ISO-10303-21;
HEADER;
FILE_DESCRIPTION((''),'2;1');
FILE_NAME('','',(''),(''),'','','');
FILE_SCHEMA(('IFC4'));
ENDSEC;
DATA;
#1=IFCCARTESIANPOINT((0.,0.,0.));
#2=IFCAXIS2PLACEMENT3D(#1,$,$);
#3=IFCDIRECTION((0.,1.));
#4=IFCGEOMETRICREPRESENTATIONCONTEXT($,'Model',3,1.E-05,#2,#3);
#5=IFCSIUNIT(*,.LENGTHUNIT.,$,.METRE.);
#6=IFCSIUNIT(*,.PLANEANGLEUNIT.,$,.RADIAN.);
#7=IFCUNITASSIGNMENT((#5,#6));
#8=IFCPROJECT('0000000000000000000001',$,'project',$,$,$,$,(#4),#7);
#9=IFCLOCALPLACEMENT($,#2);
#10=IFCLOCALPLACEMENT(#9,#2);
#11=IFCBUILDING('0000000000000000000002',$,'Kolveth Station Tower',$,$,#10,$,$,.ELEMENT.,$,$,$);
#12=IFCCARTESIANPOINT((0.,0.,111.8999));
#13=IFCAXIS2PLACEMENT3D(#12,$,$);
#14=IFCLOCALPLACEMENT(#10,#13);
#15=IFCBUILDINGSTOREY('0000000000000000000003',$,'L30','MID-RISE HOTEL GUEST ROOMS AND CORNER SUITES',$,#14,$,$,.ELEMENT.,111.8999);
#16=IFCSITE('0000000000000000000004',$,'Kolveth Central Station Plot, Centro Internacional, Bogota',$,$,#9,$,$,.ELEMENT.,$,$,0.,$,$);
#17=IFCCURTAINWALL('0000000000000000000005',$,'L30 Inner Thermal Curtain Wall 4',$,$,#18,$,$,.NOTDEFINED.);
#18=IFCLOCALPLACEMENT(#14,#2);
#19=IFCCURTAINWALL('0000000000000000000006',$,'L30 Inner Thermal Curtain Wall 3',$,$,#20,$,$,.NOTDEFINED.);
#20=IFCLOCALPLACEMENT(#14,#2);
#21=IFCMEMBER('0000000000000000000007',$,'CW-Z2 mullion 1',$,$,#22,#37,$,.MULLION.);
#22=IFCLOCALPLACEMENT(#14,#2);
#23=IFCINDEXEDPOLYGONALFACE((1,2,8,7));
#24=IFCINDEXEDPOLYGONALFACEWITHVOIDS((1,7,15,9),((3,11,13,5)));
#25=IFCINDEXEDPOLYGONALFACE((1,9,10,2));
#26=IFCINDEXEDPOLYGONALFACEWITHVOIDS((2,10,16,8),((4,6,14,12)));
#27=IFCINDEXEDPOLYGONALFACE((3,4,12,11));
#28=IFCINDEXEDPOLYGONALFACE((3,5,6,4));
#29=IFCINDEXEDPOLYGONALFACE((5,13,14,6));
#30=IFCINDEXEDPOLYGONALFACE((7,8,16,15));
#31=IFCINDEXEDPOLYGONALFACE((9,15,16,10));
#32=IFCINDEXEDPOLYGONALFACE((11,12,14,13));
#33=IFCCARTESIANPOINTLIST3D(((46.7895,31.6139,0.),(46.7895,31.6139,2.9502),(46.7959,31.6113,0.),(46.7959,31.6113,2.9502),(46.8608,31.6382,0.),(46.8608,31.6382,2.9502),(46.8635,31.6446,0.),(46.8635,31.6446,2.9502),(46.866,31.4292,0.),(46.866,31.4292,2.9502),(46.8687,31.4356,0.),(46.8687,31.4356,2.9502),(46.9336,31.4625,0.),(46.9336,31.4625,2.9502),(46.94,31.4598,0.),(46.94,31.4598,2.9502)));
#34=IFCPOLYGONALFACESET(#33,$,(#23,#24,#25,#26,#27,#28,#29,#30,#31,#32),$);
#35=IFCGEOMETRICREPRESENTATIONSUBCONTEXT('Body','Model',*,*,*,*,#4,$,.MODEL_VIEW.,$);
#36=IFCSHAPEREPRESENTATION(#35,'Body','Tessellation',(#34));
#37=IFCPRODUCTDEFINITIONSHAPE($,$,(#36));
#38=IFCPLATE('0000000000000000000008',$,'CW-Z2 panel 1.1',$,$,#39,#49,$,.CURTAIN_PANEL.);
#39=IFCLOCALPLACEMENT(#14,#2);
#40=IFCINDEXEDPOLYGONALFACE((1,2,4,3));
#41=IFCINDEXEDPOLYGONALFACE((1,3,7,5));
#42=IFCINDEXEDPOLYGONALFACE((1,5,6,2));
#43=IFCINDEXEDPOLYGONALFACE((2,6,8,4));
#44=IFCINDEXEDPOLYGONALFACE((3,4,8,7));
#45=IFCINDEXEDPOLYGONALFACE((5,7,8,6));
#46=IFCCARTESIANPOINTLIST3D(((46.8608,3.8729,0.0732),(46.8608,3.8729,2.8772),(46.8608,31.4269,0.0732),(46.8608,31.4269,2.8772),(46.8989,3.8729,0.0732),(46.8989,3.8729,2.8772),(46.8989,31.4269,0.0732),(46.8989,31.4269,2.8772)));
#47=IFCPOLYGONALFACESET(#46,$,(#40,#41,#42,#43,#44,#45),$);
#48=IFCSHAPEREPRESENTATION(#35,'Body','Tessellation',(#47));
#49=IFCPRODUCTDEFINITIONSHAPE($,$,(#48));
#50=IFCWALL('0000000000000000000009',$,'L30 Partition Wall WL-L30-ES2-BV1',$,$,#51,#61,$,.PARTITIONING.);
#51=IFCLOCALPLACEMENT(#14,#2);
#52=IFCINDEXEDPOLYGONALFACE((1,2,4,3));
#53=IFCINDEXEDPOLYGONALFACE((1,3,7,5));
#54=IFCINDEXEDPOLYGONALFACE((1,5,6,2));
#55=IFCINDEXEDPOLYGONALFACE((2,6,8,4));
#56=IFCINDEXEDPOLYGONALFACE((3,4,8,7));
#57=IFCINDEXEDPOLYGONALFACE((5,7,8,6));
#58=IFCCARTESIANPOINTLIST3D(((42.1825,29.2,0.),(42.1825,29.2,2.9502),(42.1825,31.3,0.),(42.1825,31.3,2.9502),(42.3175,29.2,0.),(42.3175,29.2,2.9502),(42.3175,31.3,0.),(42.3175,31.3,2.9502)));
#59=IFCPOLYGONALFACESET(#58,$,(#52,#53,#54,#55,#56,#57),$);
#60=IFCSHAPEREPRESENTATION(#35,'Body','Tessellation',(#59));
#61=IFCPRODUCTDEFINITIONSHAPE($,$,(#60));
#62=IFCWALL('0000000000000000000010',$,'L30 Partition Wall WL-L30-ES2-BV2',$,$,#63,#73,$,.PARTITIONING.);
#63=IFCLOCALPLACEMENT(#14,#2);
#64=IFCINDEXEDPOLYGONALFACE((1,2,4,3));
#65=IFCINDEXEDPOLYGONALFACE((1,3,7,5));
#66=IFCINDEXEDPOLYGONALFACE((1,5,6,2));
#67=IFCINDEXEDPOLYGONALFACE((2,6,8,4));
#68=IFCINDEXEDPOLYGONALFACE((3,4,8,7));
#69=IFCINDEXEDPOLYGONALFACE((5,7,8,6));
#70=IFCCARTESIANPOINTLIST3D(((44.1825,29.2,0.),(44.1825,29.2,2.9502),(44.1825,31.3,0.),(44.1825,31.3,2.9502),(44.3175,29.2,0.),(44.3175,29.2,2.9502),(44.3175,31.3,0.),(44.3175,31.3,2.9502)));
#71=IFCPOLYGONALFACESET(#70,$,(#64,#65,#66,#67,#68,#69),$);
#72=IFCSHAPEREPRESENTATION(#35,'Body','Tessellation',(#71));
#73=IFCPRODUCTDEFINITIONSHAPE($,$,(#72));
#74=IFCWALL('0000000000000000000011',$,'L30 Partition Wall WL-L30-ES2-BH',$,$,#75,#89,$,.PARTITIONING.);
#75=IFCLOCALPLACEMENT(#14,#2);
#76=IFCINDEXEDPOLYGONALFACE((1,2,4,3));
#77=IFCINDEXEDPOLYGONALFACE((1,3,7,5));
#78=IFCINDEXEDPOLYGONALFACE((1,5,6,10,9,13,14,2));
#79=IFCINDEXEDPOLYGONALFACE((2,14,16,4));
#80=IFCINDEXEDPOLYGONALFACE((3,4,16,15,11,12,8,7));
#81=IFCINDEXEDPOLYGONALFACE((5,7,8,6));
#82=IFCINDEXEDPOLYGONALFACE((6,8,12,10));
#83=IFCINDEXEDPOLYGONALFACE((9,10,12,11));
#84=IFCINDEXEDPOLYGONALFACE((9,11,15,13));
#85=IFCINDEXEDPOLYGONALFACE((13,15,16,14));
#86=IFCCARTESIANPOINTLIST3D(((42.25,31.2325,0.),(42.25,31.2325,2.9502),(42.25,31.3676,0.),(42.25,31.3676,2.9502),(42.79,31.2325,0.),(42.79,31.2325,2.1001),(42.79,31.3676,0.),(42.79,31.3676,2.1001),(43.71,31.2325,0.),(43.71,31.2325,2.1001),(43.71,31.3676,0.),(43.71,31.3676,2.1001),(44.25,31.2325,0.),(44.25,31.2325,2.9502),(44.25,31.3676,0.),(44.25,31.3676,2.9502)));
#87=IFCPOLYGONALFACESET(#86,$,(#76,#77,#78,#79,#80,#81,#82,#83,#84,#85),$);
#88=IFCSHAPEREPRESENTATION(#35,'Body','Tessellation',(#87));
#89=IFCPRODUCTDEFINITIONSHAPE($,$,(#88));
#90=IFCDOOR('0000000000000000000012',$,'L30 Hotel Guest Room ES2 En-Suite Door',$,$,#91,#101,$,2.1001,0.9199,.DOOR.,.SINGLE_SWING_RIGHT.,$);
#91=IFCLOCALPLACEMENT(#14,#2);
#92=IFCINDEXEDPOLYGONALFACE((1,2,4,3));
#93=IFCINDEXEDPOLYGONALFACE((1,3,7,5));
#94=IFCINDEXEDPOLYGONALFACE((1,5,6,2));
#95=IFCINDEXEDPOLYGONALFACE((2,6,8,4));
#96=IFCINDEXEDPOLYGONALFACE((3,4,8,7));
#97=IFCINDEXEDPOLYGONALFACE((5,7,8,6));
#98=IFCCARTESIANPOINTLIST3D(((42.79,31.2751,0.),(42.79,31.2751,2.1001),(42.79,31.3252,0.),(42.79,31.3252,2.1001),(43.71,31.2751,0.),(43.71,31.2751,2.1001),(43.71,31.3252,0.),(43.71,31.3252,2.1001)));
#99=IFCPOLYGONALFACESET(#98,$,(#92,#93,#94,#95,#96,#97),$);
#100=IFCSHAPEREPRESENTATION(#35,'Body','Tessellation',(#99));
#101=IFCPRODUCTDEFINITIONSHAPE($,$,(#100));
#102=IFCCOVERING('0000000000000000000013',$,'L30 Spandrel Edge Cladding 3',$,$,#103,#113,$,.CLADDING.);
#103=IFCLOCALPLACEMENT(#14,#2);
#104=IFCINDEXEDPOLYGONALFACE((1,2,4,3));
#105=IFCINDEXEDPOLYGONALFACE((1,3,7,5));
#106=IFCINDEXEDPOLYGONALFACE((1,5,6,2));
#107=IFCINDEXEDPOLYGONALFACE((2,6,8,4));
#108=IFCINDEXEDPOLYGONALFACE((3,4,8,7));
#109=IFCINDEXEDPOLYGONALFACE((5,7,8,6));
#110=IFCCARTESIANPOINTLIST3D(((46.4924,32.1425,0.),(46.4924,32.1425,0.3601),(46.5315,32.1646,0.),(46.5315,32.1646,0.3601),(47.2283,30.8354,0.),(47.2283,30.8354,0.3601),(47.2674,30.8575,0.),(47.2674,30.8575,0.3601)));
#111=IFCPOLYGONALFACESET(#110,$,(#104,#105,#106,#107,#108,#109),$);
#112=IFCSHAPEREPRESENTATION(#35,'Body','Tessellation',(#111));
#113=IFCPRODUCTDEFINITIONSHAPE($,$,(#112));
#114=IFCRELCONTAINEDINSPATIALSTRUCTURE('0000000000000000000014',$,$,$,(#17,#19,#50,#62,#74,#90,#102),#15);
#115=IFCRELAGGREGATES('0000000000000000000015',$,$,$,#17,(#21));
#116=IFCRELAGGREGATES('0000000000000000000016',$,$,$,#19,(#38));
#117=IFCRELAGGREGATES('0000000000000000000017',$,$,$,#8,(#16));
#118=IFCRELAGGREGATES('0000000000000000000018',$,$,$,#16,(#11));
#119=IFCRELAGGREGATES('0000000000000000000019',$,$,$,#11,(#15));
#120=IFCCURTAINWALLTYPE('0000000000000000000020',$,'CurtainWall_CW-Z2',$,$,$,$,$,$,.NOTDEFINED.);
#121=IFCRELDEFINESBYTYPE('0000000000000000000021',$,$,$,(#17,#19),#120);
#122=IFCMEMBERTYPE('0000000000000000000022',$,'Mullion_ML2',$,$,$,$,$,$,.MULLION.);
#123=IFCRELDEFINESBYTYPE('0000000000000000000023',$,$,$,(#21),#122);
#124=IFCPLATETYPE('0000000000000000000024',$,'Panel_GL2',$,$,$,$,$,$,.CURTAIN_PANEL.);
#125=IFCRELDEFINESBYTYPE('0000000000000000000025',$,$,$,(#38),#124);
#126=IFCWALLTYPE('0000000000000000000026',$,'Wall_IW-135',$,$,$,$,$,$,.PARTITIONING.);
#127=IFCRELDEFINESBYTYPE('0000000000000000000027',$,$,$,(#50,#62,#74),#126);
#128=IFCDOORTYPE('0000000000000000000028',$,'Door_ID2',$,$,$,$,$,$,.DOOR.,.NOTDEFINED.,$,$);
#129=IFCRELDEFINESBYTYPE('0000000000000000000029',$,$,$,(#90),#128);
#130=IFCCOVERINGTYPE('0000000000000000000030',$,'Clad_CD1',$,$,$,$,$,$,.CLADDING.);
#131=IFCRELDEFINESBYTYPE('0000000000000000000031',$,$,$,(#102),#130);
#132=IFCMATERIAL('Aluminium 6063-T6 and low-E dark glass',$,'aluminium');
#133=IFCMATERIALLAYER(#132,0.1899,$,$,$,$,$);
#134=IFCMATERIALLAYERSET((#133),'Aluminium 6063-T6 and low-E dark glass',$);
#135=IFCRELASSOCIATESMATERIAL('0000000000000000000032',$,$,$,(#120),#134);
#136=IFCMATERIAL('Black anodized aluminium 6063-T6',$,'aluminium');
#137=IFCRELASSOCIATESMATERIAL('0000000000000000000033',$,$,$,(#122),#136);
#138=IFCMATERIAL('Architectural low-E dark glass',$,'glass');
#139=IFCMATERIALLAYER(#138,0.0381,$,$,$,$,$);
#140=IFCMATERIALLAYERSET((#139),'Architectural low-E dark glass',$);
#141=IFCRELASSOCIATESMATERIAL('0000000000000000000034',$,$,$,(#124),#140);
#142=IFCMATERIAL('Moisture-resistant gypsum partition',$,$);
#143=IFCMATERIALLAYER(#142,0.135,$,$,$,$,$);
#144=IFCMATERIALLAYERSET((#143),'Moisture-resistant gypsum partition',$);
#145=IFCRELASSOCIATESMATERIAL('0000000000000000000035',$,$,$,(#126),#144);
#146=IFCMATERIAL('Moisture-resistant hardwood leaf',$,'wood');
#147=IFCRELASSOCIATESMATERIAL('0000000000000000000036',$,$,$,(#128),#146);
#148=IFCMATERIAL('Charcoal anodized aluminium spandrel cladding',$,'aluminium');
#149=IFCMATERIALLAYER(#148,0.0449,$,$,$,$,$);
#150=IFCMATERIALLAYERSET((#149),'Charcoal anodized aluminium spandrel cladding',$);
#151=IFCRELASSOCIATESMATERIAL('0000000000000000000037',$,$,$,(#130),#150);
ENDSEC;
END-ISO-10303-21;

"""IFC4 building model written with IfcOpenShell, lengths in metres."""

from ifc_helpers import new_model, si_unit, direction, frame, frame_2d, origin, origin_2d, place, context, subcontext, project, spatial, rectangle, hollow_rectangle, extrude, source, transform, mapped, material, layer, layer_set, material_profile, profile_set, type_object, element, fill, aggregate, save


model = new_model("IFC4")

# Units and contexts
model_context = context("Model", 3, precision=1e-05, world=origin(), true_north=direction((0.0, 1.0)))
body_context = subcontext(model_context, "Body", "Model", "MODEL_VIEW")
ifc_project = project(units=[si_unit("LENGTHUNIT", "METRE"), si_unit("PLANEANGLEUNIT", "RADIAN")], contexts=[model_context])

# Site, building, storey
site_placement = place(None, origin())
site = spatial("IfcSite", under=ifc_project, at=site_placement, Name="Kolveth Central Station Plot, Centro Internacional, Bogota", CompositionType="ELEMENT", RefElevation=0.0)
building_placement = place(site_placement, origin())
building = spatial("IfcBuilding", under=site, at=building_placement, Name="Kolveth Station Tower", CompositionType="ELEMENT")
storey_placement = place(building_placement, frame((0.0, 0.0, 111.8999)))
storey = spatial("IfcBuildingStorey", under=building, at=storey_placement, Name="L30", Description="MID-RISE HOTEL GUEST ROOMS AND CORNER SUITES", CompositionType="ELEMENT", Elevation=111.8999)

# Curtain walls
ifc_material_1 = material(Name="Aluminium 6063-T6 and low-E dark glass", Category="aluminium")
ifc_layer_1 = layer(ifc_material_1, 0.1899)
ifc_layer_set_1 = layer_set([ifc_layer_1], Name="Aluminium 6063-T6 and low-E dark glass")
curtain_wall_type = type_object("IfcCurtainWallType", Name="CurtainWall_CW-Z2", PredefinedType="NOTDEFINED", material=ifc_layer_set_1)
curtain_wall_1_placement = place(storey_placement, origin())
curtain_wall_1 = element("IfcCurtainWall", 1, at=curtain_wall_1_placement, inside=storey, type_object=curtain_wall_type, Name="L30 Inner Thermal Curtain Wall 4", PredefinedType="NOTDEFINED")
ifc_material_2 = material(Name="Black anodized aluminium 6063-T6", Category="aluminium")
curtain_wall_2_placement = place(storey_placement, origin())
curtain_wall_2 = element("IfcCurtainWall", 2, at=curtain_wall_2_placement, inside=storey, type_object=curtain_wall_type, Name="L30 Inner Thermal Curtain Wall 3", PredefinedType="NOTDEFINED")
ifc_material_profile_1 = material_profile(ifc_material_2, hollow_rectangle(XDim=0.0801, YDim=0.2, WallThickness=0.0049, at=origin_2d()), Name="ALU-80x200x5")
ifc_profile_set_1 = profile_set([ifc_material_profile_1], Name="Black anodized aluminium 6063-T6")
member_type_1 = type_object("IfcMemberType", Name="Mullion_ML2", PredefinedType="MULLION", material=ifc_profile_set_1)
shared_shape_1 = source(origin(), body_context, "Body", "SweptSolid", [
    extrude(hollow_rectangle(XDim=0.0801, YDim=0.2, WallThickness=0.0049, at=origin_2d()), origin(), (0.0, 0.0, 1.0), 2.9502),
])

# Member
member_1_placement = place(storey_placement, frame((46.8647, 31.5369, 0.0), z_axis=(0.0, 0.0, 1.0), x_axis=(-0.923888, -0.382663, 0.0)))
member_1 = element("IfcMember", 3, at=member_1_placement, type_object=member_type_1, Name="CW-Z2 mullion 1", PredefinedType="MULLION", context=body_context, shape_type="MappedRepresentation", body=[
    mapped(shared_shape_1, transform((0.0, 0.0, 0.0), x_axis=(1.0, 0.0, 0.0), y_axis=(0.0, 1.0, 0.0), z_axis=(0.0, 0.0, 1.0), scale=1.0)),
])
aggregate(curtain_wall_1, [member_1])

# Plate
ifc_material_3 = material(Name="Architectural low-E dark glass", Category="glass")
ifc_layer_2 = layer(ifc_material_3, 0.0381)
ifc_layer_set_2 = layer_set([ifc_layer_2], Name="Architectural low-E dark glass")
plate_type = type_object("IfcPlateType", Name="Panel_GL2", PredefinedType="CURTAIN_PANEL", material=ifc_layer_set_2)
shared_shape_2 = source(origin(), body_context, "Body", "SweptSolid", [
    extrude(rectangle(XDim=27.554, YDim=0.0381, at=origin_2d()), origin(), (0.0, 0.0, 1.0), 2.804),
])
plate_placement = place(storey_placement, frame((46.8799, 17.6499, 0.0732), z_axis=(0.0, 0.0, 1.0), x_axis=(0.0, 1.0, 0.0)))
plate = element("IfcPlate", 4, at=plate_placement, type_object=plate_type, Name="CW-Z2 panel 1.1", PredefinedType="CURTAIN_PANEL", context=body_context, shape_type="MappedRepresentation", body=[
    mapped(shared_shape_2, transform((0.0, 0.0, 0.0), x_axis=(1.0, 0.0, 0.0), y_axis=(0.0, 1.0, 0.0), z_axis=(0.0, 0.0, 1.0), scale=1.0)),
])
aggregate(curtain_wall_2, [plate])

# Walls
ifc_material_4 = material(Name="Moisture-resistant gypsum partition")
ifc_layer_3 = layer(ifc_material_4, 0.135)
ifc_layer_set_3 = layer_set([ifc_layer_3], Name="Moisture-resistant gypsum partition")
wall_type = type_object("IfcWallType", Name="Wall_IW-135", PredefinedType="PARTITIONING", material=ifc_layer_set_3)
for number, where, z_axis, x_axis, name in (
    (5, (42.25, 29.2, 0.0), (0.0, 0.0, 1.0), (0.0, 1.0, 0.0), "L30 Partition Wall WL-L30-ES2-BV1"),
    (6, (44.25, 29.2, 0.0), (0.0, 0.0, 1.0), (0.0, 1.0, 0.0), "L30 Partition Wall WL-L30-ES2-BV2"),
):
    element("IfcWall", number, at=place(storey_placement, frame(where, z_axis=z_axis, x_axis=x_axis)), inside=storey, type_object=wall_type, Name=name, PredefinedType="PARTITIONING", context=body_context, shape_type="SweptSolid", body=[
        extrude(rectangle(XDim=2.1001, YDim=0.135, at=frame_2d((1.05, 0.0))), origin(), (0.0, 0.0, 1.0), 2.9502),
    ])

# Wall, opening, door
wall_placement = place(storey_placement, frame((42.25, 31.3, 0.0), z_axis=(0.0, 0.0, 1.0), x_axis=(1.0, 0.0, 0.0)))
wall = element("IfcWall", 7, at=wall_placement, inside=storey, type_object=wall_type, Name="L30 Partition Wall WL-L30-ES2-BH", PredefinedType="PARTITIONING", context=body_context, shape_type="SweptSolid", body=[
    extrude(rectangle(XDim=2.0, YDim=0.135, at=frame_2d((1.0, 0.0))), origin(), (0.0, 0.0, 1.0), 2.9502),
])
opening_placement = place(wall_placement, frame((0.54, 0.0, 0.0)))
opening = element("IfcOpeningElement", 8, at=opening_placement, cuts=wall, PredefinedType="OPENING", context=body_context, shape_type="SweptSolid", body=[
    extrude(rectangle(XDim=0.9199, YDim=2.1001, at=frame_2d((0.46, 1.05))), frame((0.0, 0.0774, 0.0), z_axis=(0.0, -1.0, 0.0), x_axis=(1.0, 0.0, 0.0)), (0.0, 0.0, 1.0), 0.155),
])
ifc_material_5 = material(Name="Moisture-resistant hardwood leaf", Category="wood")
door_type = type_object("IfcDoorType", Name="Door_ID2", OperationType="NOTDEFINED", PredefinedType="DOOR", material=ifc_material_5)
door_placement = place(opening_placement, frame((0.9199, 0.0, 0.0), z_axis=(0.0, 0.0, 1.0), x_axis=(-1.0, 0.0, 0.0)))
door = element("IfcDoor", 9, at=door_placement, inside=storey, type_object=door_type, Name="L30 Hotel Guest Room ES2 En-Suite Door", OperationType="SINGLE_SWING_RIGHT", OverallHeight=2.1001, OverallWidth=0.9199, PredefinedType="DOOR", context=body_context, shape_type="SweptSolid", body=[
    extrude(rectangle(XDim=0.9199, YDim=2.1001, at=frame_2d((0.46, 1.05))), frame((0.0, 0.0249, 0.0), z_axis=(0.0, -1.0, 0.0), x_axis=(1.0, 0.0, 0.0)), (0.0, 0.0, 1.0), 0.05),
])
fill(opening, door)

# Covering
ifc_material_6 = material(Name="Charcoal anodized aluminium spandrel cladding", Category="aluminium")
ifc_layer_4 = layer(ifc_material_6, 0.0449)
ifc_layer_set_4 = layer_set([ifc_layer_4], Name="Charcoal anodized aluminium spandrel cladding")
covering_type = type_object("IfcCoveringType", Name="Clad_CD1", PredefinedType="CLADDING", material=ifc_layer_set_4)
shared_shape_3 = source(origin(), body_context, "Body", "SweptSolid", [
    extrude(rectangle(XDim=1.5, YDim=0.0449, at=origin_2d()), origin(), (0.0, 0.0, 1.0), 0.3601),
])
covering_placement = place(storey_placement, frame((46.8799, 31.5, 0.0), z_axis=(0.0, 0.0, 1.0), x_axis=(-0.4906, 0.871385, 0.0)))
element("IfcCovering", 10, at=covering_placement, inside=storey, type_object=covering_type, Name="L30 Spandrel Edge Cladding 3", PredefinedType="CLADDING", context=body_context, shape_type="MappedRepresentation", body=[
    mapped(shared_shape_3, transform((0.0, 0.0, 0.0), x_axis=(1.0, 0.0, 0.0), y_axis=(0.0, 1.0, 0.0), z_axis=(0.0, 0.0, 1.0), scale=1.0)),
])

save(model, "model.ifc")
